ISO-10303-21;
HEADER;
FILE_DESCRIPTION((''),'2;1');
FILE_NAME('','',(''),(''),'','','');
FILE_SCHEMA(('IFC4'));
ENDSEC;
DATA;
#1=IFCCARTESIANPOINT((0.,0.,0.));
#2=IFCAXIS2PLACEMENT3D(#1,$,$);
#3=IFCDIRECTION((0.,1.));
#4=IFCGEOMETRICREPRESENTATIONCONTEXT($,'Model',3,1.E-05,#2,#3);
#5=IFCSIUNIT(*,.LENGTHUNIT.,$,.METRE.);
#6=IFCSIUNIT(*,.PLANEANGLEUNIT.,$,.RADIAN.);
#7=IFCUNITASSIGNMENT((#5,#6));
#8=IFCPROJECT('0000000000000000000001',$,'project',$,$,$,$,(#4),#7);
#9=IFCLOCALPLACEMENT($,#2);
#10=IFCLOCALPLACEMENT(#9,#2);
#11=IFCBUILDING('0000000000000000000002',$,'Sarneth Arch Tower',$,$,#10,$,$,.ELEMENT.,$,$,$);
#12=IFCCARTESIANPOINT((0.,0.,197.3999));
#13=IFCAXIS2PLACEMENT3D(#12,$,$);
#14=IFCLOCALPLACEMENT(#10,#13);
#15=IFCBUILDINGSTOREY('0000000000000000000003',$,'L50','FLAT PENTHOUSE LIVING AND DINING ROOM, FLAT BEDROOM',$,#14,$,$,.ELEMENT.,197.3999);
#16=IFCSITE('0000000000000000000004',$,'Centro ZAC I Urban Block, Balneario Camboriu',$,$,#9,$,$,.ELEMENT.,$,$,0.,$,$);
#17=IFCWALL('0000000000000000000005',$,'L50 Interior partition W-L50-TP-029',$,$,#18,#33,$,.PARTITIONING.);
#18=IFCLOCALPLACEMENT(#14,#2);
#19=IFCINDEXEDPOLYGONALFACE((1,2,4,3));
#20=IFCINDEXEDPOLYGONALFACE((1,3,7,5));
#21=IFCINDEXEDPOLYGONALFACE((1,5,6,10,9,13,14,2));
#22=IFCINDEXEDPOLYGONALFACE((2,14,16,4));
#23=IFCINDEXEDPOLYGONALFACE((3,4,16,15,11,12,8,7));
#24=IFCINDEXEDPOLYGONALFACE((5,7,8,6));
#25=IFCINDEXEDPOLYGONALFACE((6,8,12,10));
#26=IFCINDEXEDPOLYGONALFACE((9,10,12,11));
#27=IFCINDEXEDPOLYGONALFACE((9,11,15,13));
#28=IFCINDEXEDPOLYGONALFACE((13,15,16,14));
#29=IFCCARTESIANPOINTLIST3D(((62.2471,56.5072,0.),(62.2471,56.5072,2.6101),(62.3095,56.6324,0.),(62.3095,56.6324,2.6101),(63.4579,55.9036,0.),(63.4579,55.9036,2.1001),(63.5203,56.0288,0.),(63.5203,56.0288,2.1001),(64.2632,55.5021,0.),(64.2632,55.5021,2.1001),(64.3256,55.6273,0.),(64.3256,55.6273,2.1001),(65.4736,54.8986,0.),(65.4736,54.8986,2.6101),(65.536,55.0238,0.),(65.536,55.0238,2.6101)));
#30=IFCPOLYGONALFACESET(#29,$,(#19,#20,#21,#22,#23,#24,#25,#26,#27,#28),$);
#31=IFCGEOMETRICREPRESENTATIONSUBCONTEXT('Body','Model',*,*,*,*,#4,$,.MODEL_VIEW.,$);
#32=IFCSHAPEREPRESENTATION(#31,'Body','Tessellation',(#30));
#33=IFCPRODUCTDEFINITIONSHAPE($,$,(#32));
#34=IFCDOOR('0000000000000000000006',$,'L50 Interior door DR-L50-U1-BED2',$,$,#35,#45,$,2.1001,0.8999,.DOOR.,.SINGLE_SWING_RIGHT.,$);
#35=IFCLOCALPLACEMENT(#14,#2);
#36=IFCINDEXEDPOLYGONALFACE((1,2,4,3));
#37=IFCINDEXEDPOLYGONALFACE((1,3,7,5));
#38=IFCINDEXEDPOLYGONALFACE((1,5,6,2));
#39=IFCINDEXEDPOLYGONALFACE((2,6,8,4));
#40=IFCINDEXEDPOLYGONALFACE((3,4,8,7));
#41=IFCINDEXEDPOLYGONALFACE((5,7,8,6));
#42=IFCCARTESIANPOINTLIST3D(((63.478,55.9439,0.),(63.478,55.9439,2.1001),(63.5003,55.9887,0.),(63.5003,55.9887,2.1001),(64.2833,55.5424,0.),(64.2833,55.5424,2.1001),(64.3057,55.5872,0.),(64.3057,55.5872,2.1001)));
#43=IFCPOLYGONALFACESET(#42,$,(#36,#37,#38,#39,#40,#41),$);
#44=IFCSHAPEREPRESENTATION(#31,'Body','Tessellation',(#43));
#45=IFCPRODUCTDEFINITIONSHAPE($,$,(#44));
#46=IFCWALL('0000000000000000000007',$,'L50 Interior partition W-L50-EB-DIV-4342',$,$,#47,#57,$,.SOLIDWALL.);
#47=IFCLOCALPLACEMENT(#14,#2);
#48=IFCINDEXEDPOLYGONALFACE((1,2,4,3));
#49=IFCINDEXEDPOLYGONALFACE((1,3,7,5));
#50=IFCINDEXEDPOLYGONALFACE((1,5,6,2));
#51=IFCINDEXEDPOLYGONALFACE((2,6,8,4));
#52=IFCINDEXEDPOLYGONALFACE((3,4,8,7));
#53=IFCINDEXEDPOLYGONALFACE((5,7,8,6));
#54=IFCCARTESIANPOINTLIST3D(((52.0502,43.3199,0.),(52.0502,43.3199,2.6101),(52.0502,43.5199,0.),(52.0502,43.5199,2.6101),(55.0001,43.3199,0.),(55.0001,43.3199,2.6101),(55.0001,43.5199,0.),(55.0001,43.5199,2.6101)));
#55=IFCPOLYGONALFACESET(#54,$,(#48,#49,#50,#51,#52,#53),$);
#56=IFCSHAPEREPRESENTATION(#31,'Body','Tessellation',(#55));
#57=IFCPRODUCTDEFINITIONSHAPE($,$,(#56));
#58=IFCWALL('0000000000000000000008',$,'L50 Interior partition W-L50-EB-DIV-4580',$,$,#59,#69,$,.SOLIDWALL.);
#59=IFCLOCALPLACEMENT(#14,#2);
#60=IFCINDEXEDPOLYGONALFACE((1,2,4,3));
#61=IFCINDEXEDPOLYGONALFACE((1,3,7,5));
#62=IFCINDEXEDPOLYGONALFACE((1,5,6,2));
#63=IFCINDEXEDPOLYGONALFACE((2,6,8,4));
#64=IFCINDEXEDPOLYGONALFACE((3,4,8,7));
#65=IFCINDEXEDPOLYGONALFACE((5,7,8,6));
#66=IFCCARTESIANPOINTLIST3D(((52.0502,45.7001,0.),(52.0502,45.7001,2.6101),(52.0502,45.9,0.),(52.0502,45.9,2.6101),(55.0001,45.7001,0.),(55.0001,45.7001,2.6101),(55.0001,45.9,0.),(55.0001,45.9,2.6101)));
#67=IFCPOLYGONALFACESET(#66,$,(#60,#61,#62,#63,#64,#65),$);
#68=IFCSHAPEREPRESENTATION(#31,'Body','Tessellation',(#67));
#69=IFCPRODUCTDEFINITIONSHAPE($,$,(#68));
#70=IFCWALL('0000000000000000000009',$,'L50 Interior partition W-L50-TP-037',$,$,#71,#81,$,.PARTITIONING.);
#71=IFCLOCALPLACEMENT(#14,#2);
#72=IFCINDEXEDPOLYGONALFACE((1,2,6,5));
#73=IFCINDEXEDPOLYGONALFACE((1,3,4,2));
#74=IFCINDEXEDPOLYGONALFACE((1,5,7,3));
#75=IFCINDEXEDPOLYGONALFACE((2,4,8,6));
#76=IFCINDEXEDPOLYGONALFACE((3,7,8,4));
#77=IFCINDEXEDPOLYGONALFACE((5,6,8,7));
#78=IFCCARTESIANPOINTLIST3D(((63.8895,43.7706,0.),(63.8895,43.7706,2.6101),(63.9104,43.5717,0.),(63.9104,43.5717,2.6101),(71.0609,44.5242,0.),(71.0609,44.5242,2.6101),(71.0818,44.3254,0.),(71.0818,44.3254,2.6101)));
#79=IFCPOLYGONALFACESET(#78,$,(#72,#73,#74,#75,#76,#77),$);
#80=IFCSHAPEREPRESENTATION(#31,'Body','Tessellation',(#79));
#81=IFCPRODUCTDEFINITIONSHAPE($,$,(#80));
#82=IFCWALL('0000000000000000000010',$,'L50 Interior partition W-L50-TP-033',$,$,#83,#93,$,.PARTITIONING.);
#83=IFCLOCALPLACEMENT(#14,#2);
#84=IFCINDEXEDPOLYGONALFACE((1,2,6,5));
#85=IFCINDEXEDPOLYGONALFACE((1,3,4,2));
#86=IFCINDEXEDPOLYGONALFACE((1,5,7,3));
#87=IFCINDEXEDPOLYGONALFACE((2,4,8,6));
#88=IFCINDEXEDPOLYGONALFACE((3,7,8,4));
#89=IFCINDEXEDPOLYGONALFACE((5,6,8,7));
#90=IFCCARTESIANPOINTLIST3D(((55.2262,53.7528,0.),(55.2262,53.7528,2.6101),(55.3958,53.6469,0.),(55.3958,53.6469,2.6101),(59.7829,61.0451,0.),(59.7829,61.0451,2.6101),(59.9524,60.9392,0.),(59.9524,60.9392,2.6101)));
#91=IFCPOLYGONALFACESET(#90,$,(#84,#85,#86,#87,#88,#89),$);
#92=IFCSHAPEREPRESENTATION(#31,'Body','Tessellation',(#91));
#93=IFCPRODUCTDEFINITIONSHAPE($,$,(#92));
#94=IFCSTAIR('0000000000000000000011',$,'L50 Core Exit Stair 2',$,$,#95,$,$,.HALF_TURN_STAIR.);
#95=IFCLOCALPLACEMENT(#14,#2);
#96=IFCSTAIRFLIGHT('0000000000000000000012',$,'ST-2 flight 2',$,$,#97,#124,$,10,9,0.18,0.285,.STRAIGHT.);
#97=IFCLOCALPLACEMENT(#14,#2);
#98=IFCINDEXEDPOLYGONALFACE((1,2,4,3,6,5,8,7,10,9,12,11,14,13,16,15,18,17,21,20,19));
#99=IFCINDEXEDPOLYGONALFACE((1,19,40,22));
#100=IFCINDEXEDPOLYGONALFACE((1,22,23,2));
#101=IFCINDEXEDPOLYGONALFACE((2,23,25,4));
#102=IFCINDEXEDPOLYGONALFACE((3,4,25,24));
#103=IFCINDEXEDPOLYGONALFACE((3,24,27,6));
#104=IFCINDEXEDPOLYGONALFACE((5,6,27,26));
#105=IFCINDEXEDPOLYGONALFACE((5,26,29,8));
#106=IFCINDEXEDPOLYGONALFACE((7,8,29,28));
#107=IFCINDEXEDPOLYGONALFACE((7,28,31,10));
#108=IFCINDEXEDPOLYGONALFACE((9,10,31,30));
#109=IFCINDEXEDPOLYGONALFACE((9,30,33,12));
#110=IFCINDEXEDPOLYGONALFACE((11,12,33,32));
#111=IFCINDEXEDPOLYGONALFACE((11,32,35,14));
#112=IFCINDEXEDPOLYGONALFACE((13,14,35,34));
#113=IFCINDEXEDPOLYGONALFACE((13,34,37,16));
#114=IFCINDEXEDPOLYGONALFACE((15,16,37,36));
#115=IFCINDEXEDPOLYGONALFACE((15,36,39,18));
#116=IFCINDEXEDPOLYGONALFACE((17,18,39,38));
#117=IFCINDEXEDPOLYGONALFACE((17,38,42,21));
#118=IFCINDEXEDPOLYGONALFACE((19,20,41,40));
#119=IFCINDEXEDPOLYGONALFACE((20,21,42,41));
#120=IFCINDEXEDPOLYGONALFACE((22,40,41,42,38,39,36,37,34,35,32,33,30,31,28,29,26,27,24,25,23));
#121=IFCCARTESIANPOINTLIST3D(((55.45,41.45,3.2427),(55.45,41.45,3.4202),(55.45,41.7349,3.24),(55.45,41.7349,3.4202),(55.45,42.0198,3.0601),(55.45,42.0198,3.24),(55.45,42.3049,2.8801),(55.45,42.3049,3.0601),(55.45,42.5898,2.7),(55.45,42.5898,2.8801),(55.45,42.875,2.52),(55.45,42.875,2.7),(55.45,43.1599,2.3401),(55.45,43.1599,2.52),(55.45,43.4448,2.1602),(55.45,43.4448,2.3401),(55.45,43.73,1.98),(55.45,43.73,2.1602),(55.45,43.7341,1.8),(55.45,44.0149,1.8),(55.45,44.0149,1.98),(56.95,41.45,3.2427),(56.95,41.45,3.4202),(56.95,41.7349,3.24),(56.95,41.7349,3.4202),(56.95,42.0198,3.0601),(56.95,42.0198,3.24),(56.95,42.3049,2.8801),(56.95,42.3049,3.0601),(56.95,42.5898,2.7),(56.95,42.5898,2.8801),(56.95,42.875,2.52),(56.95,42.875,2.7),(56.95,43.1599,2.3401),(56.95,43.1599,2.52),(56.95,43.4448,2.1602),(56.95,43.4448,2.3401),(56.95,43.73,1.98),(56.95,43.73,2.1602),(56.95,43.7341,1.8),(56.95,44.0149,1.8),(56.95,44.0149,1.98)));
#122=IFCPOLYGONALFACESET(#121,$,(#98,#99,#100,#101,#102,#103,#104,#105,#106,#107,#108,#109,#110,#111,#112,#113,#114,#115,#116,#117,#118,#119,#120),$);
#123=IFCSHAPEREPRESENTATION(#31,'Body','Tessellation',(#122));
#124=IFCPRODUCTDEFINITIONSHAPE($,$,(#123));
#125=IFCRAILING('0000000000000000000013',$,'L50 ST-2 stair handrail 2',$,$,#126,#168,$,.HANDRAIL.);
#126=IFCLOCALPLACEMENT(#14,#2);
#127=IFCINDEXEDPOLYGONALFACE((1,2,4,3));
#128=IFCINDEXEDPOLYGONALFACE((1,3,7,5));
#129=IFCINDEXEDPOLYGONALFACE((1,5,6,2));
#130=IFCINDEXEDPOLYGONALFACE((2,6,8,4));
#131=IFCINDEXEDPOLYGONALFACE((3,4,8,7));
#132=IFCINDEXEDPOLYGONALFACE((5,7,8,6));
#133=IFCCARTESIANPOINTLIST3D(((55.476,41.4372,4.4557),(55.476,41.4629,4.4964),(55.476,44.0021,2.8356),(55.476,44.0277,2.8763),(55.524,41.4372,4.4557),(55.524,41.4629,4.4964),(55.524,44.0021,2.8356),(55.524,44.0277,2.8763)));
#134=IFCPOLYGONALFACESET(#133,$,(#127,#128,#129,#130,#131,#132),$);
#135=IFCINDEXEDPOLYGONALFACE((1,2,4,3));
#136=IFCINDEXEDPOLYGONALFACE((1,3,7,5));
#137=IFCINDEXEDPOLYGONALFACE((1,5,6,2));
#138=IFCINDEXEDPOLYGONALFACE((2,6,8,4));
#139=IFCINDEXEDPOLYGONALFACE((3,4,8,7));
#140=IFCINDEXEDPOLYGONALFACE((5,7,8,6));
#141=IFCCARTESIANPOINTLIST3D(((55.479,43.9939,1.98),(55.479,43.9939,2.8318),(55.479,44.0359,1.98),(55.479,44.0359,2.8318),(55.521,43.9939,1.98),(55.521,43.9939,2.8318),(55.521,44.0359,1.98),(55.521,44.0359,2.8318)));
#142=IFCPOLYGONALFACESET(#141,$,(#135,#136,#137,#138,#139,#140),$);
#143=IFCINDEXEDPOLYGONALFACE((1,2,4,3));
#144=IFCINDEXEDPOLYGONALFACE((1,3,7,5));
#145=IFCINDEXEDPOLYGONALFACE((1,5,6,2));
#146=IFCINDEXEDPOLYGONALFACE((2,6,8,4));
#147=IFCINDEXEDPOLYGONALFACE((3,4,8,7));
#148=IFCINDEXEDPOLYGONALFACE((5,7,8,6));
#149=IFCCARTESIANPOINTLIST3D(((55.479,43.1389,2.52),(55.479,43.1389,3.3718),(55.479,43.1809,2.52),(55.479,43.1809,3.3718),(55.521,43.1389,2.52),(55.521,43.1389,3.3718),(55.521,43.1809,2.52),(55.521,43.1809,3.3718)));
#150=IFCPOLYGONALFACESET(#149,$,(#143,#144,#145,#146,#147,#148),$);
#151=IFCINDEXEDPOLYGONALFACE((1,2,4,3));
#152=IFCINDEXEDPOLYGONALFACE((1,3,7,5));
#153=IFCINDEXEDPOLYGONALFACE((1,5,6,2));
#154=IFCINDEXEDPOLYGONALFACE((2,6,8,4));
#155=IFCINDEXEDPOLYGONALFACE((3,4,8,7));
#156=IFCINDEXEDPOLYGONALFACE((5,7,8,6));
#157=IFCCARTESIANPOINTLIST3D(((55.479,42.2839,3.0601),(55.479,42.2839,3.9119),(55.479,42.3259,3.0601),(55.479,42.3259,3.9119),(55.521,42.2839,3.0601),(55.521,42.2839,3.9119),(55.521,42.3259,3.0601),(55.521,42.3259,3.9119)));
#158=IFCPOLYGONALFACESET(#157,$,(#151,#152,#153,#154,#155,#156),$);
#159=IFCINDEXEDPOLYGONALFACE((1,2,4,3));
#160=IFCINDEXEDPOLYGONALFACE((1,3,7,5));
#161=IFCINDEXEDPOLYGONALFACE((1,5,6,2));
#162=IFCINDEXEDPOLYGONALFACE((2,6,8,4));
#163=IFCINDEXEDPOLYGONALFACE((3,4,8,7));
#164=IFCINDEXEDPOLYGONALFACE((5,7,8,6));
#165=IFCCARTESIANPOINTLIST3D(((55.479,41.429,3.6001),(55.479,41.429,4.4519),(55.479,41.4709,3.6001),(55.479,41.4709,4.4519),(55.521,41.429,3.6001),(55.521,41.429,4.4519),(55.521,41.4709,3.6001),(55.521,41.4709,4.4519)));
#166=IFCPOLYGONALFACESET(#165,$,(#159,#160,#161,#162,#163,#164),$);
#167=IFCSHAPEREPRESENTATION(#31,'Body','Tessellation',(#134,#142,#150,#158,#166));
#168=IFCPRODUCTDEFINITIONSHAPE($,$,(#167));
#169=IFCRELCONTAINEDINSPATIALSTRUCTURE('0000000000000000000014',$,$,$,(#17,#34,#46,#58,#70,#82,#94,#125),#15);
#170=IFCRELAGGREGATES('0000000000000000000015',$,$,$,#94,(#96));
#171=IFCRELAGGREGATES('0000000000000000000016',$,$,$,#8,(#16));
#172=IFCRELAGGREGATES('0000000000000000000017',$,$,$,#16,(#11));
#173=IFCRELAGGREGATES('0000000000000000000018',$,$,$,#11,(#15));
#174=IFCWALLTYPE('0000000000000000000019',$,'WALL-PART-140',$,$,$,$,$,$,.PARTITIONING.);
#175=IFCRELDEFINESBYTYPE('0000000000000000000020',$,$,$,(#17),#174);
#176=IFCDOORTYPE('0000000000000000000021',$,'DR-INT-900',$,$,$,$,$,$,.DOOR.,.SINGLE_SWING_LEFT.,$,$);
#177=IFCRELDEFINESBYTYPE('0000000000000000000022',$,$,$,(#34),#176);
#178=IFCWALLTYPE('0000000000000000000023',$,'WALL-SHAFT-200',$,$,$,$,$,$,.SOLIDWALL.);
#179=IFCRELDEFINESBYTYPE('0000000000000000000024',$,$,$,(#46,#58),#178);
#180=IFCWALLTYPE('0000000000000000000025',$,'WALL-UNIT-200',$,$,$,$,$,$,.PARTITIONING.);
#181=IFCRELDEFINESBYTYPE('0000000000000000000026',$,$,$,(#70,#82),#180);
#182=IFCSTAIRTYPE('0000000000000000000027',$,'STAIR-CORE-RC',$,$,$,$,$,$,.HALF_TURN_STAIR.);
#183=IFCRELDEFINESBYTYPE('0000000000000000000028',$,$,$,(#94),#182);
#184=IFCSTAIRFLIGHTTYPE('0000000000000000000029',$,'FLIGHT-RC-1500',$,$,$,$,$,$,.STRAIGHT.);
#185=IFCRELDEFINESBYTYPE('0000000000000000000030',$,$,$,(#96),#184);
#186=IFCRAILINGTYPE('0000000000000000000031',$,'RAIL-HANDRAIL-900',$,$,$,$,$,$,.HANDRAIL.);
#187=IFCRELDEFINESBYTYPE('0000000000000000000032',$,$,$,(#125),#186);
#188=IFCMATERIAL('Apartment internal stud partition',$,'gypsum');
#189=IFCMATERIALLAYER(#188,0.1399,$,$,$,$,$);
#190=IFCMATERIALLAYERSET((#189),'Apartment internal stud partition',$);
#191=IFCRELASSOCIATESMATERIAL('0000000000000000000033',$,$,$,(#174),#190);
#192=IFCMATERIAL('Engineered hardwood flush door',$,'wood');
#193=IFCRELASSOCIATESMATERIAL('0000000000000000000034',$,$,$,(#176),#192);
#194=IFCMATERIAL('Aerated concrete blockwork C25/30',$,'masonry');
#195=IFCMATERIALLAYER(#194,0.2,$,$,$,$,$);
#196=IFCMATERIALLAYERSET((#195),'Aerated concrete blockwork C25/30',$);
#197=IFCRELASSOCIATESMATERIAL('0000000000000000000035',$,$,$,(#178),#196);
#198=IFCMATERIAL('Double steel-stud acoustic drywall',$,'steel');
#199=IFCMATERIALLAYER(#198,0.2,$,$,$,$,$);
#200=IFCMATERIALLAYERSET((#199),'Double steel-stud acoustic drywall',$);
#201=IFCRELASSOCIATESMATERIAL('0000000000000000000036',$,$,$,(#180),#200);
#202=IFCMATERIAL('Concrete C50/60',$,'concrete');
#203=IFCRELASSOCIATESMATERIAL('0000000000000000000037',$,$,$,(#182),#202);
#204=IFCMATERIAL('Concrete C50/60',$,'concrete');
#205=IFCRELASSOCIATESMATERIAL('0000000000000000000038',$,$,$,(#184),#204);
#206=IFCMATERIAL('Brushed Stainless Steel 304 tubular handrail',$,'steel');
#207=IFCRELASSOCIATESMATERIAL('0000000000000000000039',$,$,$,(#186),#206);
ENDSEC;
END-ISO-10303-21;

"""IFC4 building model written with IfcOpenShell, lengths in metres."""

from ifc_helpers import new_model, si_unit, direction, frame, frame_2d, origin, origin_2d, place, context, subcontext, project, spatial, polyline, rectangle, outline, extrude, material, layer, layer_set, type_object, element, fill, aggregate, save


model = new_model("IFC4")

# Units and contexts
model_context = context("Model", 3, precision=1e-05, world=origin(), true_north=direction((0.0, 1.0)))
body_context = subcontext(model_context, "Body", "Model", "MODEL_VIEW")
ifc_project = project(units=[si_unit("LENGTHUNIT", "METRE"), si_unit("PLANEANGLEUNIT", "RADIAN")], contexts=[model_context])

# Site, building, storey
site_placement = place(None, origin())
site = spatial("IfcSite", under=ifc_project, at=site_placement, Name="Centro ZAC I Urban Block, Balneario Camboriu", CompositionType="ELEMENT", RefElevation=0.0)
building_placement = place(site_placement, origin())
building = spatial("IfcBuilding", under=site, at=building_placement, Name="Sarneth Arch Tower", CompositionType="ELEMENT")
storey_placement = place(building_placement, frame((0.0, 0.0, 197.3999)))
storey = spatial("IfcBuildingStorey", under=building, at=storey_placement, Name="L50", Description="FLAT PENTHOUSE LIVING AND DINING ROOM, FLAT BEDROOM", CompositionType="ELEMENT", Elevation=197.3999)

# Wall, opening, door
ifc_material_1 = material(Name="Apartment internal stud partition", Category="gypsum")
ifc_layer_1 = layer(ifc_material_1, 0.1399)
ifc_layer_set_1 = layer_set([ifc_layer_1], Name="Apartment internal stud partition")
wall_type_1 = type_object("IfcWallType", Name="WALL-PART-140", PredefinedType="PARTITIONING", material=ifc_layer_set_1)
wall_1_placement = place(storey_placement, frame((65.5049, 54.9612, 0.0), z_axis=(0.0, 0.0, 1.0), x_axis=(-0.894941, 0.446184, 0.0)))
wall_1 = element("IfcWall", 1, at=wall_1_placement, inside=storey, type_object=wall_type_1, Name="L50 Interior partition W-L50-TP-029", PredefinedType="PARTITIONING", context=body_context, shape_type="SweptSolid", body=[
    extrude(rectangle(XDim=3.6052, YDim=0.1399, at=frame_2d((1.8027, 0.0))), origin(), (0.0, 0.0, 1.0), 2.6101),
])
opening_1_placement = place(wall_1_placement, frame((1.3525, 0.0, 0.0)))
opening_1 = element("IfcOpeningElement", 2, at=opening_1_placement, cuts=wall_1, PredefinedType="OPENING", context=body_context, shape_type="SweptSolid", body=[
    extrude(rectangle(XDim=0.8999, YDim=2.1001, at=frame_2d((0.45, 1.05))), frame((0.0, 0.0798, 0.0), z_axis=(0.0, -1.0, 0.0), x_axis=(1.0, 0.0, 0.0)), (0.0, 0.0, 1.0), 0.1599),
])
ifc_material_2 = material(Name="Engineered hardwood flush door", Category="wood")
door_type_1 = type_object("IfcDoorType", Name="DR-INT-900", OperationType="SINGLE_SWING_LEFT", PredefinedType="DOOR", material=ifc_material_2)
door_1_placement = place(opening_1_placement, origin())
door_1 = element("IfcDoor", 3, at=door_1_placement, inside=storey, type_object=door_type_1, Name="L50 Interior door DR-L50-U1-BED2", OperationType="SINGLE_SWING_RIGHT", OverallHeight=2.1001, OverallWidth=0.8999, PredefinedType="DOOR", context=body_context, shape_type="SweptSolid", body=[
    extrude(rectangle(XDim=0.8999, YDim=2.1001, at=frame_2d((0.45, 1.05))), frame((0.0, 0.0249, 0.0), z_axis=(0.0, -1.0, 0.0), x_axis=(1.0, 0.0, 0.0)), (0.0, 0.0, 1.0), 0.05),
])
fill(opening_1, door_1)

# Walls
ifc_material_3 = material(Name="Aerated concrete blockwork C25/30", Category="masonry")
ifc_layer_2 = layer(ifc_material_3, 0.2)
ifc_layer_set_2 = layer_set([ifc_layer_2], Name="Aerated concrete blockwork C25/30")
wall_type_2 = type_object("IfcWallType", Name="WALL-SHAFT-200", PredefinedType="SOLIDWALL", material=ifc_layer_set_2)
for number, where, z_axis, x_axis, name in (
    (4, (52.05, 43.4199, 0.0), (0.0, 0.0, 1.0), (1.0, 0.0, 0.0), "L50 Interior partition W-L50-EB-DIV-4342"),
    (5, (52.05, 45.8, 0.0), (0.0, 0.0, 1.0), (1.0, 0.0, 0.0), "L50 Interior partition W-L50-EB-DIV-4580"),
):
    element("IfcWall", number, at=place(storey_placement, frame(where, z_axis=z_axis, x_axis=x_axis)), inside=storey, type_object=wall_type_2, Name=name, PredefinedType="SOLIDWALL", context=body_context, shape_type="SweptSolid", body=[
        extrude(rectangle(XDim=2.95, YDim=0.2, at=frame_2d((1.4751, 0.0))), origin(), (0.0, 0.0, 1.0), 2.6101),
    ])
ifc_material_4 = material(Name="Double steel-stud acoustic drywall", Category="steel")
ifc_layer_3 = layer(ifc_material_4, 0.2)
ifc_layer_set_3 = layer_set([ifc_layer_3], Name="Double steel-stud acoustic drywall")
wall_type_3 = type_object("IfcWallType", Name="WALL-UNIT-200", PredefinedType="PARTITIONING", material=ifc_layer_set_3)
wall_2_placement = place(storey_placement, frame((63.8999, 43.6711, 0.0), z_axis=(0.0, 0.0, 1.0), x_axis=(0.994523, 0.104517, 0.0)))
element("IfcWall", 6, at=wall_2_placement, inside=storey, type_object=wall_type_3, Name="L50 Interior partition W-L50-TP-037", PredefinedType="PARTITIONING", context=body_context, shape_type="SweptSolid", body=[
    extrude(rectangle(XDim=7.2109, YDim=0.2, at=frame_2d((3.6055, 0.0))), origin(), (0.0, 0.0, 1.0), 2.6101),
])
wall_3_placement = place(storey_placement, frame((55.311, 53.7, 0.0), z_axis=(0.0, 0.0, 1.0), x_axis=(0.529915, 0.848051, 0.0)))
element("IfcWall", 7, at=wall_3_placement, inside=storey, type_object=wall_type_3, Name="L50 Interior partition W-L50-TP-033", PredefinedType="PARTITIONING", context=body_context, shape_type="SweptSolid", body=[
    extrude(rectangle(XDim=8.5989, YDim=0.2, at=frame_2d((4.2993, 0.0))), origin(), (0.0, 0.0, 1.0), 2.6101),
])

# Stair, stair flight
ifc_material_5 = material(Name="Concrete C50/60", Category="concrete")
stair_type = type_object("IfcStairType", Name="STAIR-CORE-RC", PredefinedType="HALF_TURN_STAIR", material=ifc_material_5)
stair_placement = place(storey_placement, origin())
stair = element("IfcStair", 8, at=stair_placement, inside=storey, type_object=stair_type, Name="L50 Core Exit Stair 2", PredefinedType="HALF_TURN_STAIR")
ifc_material_6 = material(Name="Concrete C50/60", Category="concrete")
stair_flight_type = type_object("IfcStairFlightType", Name="FLIGHT-RC-1500", PredefinedType="STRAIGHT", material=ifc_material_6)
stair_flight_placement = place(storey_placement, frame((56.2, 44.0149, 1.8), z_axis=(0.0, 0.0, 1.0), x_axis=(0.0, -1.0, 0.0)))
stair_flight = element("IfcStairFlight", 9, at=stair_flight_placement, type_object=stair_flight_type, Name="ST-2 flight 2", NumberOfRisers=10, NumberOfTreads=9, PredefinedType="STRAIGHT", RiserHeight=0.18, TreadLength=0.285, context=body_context, shape_type="SweptSolid", body=[
    extrude(outline(polyline([(0.0, 0.0), (0.0, 0.1799), (0.2849, 0.1799), (0.2849, 0.3601), (0.5701, 0.3601), (0.5701, 0.54), (0.855, 0.54), (0.855, 0.72), (1.1399, 0.72), (1.1399, 0.8999), (1.425, 0.8999), (1.425, 1.0801), (1.71, 1.0801), (1.71, 1.26), (1.9951, 1.26), (1.9951, 1.4399), (2.28, 1.4399), (2.28, 1.6201), (2.5649, 1.6201), (2.5649, 1.8), (2.5649, 1.4426), (0.2808, 0.0), (0.0, 0.0)])), frame((0.0, 0.75, 0.0), z_axis=(0.0, -1.0, 0.0), x_axis=(1.0, 0.0, 0.0)), (0.0, 0.0, 1.0), 1.5),
])
aggregate(stair, [stair_flight])

# Railing
ifc_material_7 = material(Name="Brushed Stainless Steel 304 tubular handrail", Category="steel")
railing_type_1 = type_object("IfcRailingType", Name="RAIL-HANDRAIL-900", PredefinedType="HANDRAIL", material=ifc_material_7)
railing_1_placement = place(storey_placement, frame((55.5, 44.0149, 1.98)))
element("IfcRailing", 10, at=railing_1_placement, inside=storey, type_object=railing_type_1, Name="L50 ST-2 stair handrail 2", PredefinedType="HANDRAIL", context=body_context, shape_type="SweptSolid", body=[
    extrude(rectangle(XDim=0.0481, YDim=0.0481, at=origin_2d()), frame((0.0, 0.0, 0.876), z_axis=(0.0, -0.845466, 0.534029), x_axis=(1.0, 0.0, 0.0)), (0.0, 0.0, 1.0), 3.0337),
    extrude(rectangle(XDim=0.042, YDim=0.042, at=origin_2d()), origin(), (0.0, 0.0, 1.0), 0.8518),
    extrude(rectangle(XDim=0.042, YDim=0.042, at=origin_2d()), frame((0.0, -0.855, 0.54)), (0.0, 0.0, 1.0), 0.8518),
    extrude(rectangle(XDim=0.042, YDim=0.042, at=origin_2d()), frame((0.0, -1.71, 1.0801)), (0.0, 0.0, 1.0), 0.8518),
    extrude(rectangle(XDim=0.042, YDim=0.042, at=origin_2d()), frame((0.0, -2.5649, 1.6201)), (0.0, 0.0, 1.0), 0.8518),
])

save(model, "model.ifc")
